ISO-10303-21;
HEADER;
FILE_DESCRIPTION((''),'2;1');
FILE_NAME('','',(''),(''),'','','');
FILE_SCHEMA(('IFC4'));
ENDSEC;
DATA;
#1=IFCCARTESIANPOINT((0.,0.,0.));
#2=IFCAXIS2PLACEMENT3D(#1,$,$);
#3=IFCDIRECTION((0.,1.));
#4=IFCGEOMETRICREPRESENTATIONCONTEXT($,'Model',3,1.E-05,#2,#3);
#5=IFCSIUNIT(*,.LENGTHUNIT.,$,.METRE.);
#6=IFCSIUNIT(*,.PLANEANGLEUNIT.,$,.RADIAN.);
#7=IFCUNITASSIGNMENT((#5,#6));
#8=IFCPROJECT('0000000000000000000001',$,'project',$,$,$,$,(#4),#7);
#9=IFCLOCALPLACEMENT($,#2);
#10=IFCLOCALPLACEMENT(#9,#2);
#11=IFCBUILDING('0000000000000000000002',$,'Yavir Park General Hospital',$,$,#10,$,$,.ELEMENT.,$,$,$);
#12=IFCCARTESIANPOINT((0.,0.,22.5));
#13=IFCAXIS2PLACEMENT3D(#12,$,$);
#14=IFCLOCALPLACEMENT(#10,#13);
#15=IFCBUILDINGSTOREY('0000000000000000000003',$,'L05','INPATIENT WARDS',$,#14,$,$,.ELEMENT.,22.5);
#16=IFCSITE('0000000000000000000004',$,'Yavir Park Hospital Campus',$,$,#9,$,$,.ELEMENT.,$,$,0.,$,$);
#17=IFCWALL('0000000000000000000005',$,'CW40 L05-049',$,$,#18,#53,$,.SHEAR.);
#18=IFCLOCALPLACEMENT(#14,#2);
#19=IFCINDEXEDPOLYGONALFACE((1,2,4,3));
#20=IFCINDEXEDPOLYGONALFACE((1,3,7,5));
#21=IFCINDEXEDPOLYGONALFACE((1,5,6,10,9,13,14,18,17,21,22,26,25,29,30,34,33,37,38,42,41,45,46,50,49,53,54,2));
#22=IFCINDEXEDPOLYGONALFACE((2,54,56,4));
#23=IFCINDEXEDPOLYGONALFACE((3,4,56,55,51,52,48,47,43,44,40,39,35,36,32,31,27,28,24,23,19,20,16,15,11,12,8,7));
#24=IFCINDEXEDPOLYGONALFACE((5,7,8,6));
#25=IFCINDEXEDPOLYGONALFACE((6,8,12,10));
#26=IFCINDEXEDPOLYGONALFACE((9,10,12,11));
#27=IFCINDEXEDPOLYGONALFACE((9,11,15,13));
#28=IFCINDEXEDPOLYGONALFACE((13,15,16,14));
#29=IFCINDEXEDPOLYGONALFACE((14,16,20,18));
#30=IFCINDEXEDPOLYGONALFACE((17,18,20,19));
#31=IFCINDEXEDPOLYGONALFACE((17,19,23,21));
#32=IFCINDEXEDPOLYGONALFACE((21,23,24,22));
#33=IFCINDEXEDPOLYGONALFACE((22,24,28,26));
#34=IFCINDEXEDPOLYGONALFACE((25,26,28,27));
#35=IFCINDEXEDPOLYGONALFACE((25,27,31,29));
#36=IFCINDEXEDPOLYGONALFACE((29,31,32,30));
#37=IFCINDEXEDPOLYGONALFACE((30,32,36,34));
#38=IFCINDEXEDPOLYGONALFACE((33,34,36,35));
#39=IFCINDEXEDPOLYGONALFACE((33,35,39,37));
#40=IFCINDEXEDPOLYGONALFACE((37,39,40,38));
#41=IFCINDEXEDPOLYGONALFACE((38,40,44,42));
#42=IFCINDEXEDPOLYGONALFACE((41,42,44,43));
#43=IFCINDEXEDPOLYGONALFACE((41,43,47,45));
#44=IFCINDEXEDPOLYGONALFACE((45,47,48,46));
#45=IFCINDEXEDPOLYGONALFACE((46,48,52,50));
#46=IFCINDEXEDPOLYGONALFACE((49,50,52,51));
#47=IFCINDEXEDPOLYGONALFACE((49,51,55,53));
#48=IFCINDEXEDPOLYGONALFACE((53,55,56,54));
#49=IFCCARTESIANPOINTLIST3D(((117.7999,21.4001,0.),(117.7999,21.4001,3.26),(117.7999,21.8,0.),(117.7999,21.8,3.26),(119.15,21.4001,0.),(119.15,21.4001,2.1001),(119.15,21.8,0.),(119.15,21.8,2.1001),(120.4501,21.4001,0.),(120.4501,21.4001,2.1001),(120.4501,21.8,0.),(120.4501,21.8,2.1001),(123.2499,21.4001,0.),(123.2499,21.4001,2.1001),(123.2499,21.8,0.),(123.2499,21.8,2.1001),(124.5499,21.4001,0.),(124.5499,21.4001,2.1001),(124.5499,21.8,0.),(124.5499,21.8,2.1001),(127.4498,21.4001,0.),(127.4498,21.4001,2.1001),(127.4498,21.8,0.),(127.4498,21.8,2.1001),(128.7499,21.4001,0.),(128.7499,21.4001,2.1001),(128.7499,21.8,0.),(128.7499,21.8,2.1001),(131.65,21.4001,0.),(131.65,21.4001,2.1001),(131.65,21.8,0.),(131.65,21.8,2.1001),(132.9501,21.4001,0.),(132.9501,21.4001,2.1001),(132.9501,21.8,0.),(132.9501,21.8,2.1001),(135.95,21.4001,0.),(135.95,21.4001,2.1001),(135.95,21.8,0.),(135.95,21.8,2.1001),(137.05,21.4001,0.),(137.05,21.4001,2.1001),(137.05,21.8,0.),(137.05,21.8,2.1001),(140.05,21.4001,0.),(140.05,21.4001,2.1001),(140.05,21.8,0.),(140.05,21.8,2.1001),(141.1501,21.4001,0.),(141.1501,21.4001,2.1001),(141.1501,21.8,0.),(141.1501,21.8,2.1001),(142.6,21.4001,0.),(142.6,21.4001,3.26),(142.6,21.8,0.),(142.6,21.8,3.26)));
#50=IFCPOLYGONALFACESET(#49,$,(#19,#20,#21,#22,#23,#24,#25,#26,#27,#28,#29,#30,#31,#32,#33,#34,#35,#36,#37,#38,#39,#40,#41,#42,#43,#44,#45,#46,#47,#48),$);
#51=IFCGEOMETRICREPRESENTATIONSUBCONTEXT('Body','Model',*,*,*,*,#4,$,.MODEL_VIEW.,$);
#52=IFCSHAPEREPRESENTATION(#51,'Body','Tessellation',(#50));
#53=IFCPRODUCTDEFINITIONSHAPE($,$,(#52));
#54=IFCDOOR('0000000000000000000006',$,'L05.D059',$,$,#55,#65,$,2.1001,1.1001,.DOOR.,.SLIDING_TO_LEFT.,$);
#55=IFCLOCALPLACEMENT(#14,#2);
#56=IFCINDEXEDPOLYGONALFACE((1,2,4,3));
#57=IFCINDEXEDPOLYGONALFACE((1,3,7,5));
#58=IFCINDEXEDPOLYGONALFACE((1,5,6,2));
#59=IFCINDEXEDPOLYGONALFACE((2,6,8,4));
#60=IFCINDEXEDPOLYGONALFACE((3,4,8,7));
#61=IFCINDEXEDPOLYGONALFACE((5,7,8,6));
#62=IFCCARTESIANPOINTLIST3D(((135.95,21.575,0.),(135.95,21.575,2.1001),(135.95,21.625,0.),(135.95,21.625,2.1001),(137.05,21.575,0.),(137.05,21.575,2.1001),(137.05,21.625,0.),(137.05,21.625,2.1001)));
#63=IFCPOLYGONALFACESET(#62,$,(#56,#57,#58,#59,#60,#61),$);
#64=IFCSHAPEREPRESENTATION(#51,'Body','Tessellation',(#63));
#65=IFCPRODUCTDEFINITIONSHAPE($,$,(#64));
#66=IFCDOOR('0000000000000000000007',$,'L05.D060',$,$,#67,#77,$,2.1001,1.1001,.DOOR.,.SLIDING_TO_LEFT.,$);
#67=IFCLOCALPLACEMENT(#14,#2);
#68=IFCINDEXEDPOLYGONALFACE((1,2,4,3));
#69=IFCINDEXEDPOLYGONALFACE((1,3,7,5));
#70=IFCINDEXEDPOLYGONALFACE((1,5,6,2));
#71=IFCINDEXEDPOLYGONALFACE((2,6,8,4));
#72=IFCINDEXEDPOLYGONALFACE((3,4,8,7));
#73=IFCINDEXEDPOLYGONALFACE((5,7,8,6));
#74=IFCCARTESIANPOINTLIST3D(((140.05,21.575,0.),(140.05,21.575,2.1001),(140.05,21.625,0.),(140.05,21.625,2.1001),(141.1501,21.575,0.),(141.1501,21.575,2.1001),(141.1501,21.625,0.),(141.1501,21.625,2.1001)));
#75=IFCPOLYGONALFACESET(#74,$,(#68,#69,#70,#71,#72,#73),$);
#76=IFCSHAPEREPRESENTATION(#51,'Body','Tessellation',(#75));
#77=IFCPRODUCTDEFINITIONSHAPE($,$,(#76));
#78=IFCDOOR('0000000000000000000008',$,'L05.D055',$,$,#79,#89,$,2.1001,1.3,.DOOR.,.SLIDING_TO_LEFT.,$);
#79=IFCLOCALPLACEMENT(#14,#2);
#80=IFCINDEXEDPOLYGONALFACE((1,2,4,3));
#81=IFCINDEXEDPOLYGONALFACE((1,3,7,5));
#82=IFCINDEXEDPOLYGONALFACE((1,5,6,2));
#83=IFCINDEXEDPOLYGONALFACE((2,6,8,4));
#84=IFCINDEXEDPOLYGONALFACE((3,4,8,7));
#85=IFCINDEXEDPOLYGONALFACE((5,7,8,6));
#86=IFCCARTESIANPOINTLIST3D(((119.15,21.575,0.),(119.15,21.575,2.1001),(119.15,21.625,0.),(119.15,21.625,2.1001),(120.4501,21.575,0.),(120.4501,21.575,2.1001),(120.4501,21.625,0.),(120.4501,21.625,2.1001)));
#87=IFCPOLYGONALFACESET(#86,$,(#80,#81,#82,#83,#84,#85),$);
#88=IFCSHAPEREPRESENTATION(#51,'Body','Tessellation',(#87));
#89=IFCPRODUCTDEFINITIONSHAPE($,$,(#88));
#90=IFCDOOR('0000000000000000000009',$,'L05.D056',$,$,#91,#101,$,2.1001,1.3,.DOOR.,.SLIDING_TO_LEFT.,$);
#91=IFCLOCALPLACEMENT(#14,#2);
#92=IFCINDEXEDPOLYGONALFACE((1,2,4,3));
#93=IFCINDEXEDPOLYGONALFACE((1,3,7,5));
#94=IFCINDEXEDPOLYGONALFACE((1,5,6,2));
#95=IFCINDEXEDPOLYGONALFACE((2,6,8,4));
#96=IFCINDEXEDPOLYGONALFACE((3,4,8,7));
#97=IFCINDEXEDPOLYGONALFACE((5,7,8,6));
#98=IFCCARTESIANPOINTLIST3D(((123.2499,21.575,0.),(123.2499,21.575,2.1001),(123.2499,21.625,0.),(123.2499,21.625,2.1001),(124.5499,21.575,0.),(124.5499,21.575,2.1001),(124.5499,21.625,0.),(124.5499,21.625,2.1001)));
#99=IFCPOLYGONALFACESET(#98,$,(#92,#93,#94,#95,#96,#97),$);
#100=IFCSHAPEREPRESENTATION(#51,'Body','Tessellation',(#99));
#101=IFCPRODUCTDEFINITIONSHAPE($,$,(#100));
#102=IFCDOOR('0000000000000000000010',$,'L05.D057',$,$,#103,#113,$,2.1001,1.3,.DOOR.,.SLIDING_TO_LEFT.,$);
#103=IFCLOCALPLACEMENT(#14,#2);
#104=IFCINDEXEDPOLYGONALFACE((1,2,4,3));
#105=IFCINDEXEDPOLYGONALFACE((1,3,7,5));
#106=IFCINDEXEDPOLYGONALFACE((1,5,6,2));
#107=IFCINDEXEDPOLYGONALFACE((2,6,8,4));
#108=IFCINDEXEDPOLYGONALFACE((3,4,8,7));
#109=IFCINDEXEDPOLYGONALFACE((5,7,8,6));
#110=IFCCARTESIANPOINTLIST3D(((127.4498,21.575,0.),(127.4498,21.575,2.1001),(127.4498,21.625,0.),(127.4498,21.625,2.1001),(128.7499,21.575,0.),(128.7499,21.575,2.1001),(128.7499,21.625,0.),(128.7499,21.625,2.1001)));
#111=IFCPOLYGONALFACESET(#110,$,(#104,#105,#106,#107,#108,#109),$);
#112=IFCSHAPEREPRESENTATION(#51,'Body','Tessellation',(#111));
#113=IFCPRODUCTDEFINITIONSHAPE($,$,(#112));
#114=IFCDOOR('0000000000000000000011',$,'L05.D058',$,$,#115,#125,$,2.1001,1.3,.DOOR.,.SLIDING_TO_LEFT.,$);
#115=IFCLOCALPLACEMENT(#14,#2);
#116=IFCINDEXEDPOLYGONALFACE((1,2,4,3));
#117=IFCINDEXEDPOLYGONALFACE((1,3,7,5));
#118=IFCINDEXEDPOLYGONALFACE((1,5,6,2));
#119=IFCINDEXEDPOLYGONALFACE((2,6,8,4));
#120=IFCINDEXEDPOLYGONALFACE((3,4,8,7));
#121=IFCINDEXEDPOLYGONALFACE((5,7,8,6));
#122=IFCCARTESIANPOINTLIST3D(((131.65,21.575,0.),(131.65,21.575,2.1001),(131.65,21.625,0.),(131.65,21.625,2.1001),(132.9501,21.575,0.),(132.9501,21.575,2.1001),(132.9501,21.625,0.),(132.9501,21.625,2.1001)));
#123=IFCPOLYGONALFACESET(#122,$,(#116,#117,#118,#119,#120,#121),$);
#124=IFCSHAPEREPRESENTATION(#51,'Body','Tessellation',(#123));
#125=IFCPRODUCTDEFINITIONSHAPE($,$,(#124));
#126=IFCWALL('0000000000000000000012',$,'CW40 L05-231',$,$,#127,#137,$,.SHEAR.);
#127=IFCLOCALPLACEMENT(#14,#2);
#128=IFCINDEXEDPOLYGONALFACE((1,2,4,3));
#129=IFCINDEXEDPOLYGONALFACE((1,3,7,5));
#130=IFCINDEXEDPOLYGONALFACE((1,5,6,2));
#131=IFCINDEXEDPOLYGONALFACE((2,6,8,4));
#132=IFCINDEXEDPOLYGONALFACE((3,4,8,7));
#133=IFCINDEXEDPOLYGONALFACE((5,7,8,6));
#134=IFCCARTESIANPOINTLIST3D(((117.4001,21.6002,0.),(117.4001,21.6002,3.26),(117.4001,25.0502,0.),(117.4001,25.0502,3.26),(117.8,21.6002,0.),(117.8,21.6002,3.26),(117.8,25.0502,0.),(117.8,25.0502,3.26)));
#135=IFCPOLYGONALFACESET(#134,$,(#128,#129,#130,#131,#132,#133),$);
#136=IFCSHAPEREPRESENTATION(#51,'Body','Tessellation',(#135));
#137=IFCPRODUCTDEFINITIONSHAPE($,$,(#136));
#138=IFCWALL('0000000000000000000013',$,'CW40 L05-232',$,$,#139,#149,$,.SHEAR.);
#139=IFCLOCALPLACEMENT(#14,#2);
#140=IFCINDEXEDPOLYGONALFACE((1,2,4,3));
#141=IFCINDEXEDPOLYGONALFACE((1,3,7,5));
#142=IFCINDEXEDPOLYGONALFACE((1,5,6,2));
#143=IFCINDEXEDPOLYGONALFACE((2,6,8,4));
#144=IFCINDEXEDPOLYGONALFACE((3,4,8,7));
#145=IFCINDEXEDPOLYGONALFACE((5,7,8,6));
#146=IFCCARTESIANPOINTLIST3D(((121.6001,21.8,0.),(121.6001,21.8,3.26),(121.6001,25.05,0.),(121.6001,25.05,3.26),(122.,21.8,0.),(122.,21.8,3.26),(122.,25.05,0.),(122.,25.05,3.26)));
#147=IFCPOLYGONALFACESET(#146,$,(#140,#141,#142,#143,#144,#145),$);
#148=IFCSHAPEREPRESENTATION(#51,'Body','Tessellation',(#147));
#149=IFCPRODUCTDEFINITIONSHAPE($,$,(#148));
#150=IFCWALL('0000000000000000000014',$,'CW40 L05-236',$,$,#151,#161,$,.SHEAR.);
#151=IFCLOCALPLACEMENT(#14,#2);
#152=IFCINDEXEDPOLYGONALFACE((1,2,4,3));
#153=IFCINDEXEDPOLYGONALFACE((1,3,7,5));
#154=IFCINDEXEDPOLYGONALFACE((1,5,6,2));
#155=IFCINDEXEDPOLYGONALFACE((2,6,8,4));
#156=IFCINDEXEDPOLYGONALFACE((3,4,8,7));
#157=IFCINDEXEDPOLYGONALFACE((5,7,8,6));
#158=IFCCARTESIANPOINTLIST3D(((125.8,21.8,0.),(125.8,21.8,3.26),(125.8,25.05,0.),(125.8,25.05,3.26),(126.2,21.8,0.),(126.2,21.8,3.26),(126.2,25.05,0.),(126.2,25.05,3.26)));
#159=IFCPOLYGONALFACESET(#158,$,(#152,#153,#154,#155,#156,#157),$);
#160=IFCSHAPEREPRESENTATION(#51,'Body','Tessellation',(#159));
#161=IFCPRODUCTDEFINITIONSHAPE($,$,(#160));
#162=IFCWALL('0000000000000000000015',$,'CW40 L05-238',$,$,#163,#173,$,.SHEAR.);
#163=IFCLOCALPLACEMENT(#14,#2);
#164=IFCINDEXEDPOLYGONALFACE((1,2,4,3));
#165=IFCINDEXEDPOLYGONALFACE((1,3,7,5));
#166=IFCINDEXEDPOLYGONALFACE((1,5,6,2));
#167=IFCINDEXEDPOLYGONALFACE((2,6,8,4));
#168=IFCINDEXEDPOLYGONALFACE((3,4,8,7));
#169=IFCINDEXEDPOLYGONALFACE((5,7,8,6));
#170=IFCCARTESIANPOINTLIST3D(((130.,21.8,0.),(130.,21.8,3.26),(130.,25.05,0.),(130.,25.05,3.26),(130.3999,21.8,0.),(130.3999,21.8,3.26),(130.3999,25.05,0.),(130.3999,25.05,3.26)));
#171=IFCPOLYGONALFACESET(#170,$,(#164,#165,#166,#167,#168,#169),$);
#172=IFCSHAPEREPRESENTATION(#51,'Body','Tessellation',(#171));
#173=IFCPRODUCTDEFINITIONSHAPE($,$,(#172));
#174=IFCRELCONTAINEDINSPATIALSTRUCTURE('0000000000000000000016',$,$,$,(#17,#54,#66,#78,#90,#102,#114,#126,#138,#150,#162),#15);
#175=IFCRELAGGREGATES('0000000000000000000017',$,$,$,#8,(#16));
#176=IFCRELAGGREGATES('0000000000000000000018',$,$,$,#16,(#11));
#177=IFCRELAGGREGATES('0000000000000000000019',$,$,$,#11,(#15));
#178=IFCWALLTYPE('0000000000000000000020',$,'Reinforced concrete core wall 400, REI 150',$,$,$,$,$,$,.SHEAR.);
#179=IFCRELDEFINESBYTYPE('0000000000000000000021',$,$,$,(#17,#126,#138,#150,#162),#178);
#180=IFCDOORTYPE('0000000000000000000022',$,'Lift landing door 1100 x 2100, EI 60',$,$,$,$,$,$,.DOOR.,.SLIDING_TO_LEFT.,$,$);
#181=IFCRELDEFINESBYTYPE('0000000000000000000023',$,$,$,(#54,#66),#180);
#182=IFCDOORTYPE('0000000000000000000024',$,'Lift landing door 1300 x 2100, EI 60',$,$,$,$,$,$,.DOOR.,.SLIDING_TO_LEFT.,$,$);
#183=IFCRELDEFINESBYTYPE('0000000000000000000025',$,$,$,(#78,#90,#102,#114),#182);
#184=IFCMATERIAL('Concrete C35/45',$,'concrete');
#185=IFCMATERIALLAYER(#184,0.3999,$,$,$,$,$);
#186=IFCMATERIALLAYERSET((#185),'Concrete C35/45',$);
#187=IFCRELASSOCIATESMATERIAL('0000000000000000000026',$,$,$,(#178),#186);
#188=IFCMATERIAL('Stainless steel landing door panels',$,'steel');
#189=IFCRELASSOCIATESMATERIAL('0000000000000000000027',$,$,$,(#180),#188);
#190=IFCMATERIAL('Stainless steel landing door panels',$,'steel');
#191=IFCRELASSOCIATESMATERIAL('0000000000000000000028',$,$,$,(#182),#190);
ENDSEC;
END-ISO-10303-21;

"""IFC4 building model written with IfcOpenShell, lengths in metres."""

from ifc_helpers import new_model, si_unit, direction, frame, frame_2d, origin, place, context, subcontext, project, spatial, rectangle, extrude, material, layer, layer_set, type_object, element, fill, save


model = new_model("IFC4")

# Units and contexts
model_context = context("Model", 3, precision=1e-05, world=origin(), true_north=direction((0.0, 1.0)))
body_context = subcontext(model_context, "Body", "Model", "MODEL_VIEW")
ifc_project = project(units=[si_unit("LENGTHUNIT", "METRE"), si_unit("PLANEANGLEUNIT", "RADIAN")], contexts=[model_context])

# Site, building, storey
site_placement = place(None, origin())
site = spatial("IfcSite", under=ifc_project, at=site_placement, Name="Yavir Park Hospital Campus", CompositionType="ELEMENT", RefElevation=0.0)
building_placement = place(site_placement, origin())
building = spatial("IfcBuilding", under=site, at=building_placement, Name="Yavir Park General Hospital", CompositionType="ELEMENT")
storey_placement = place(building_placement, frame((0.0, 0.0, 22.5)))
storey = spatial("IfcBuildingStorey", under=building, at=storey_placement, Name="L05", Description="INPATIENT WARDS", CompositionType="ELEMENT", Elevation=22.5)

# Wall, openings, doors
ifc_material_1 = material(Name="Concrete C35/45", Category="concrete")
ifc_layer_1 = layer(ifc_material_1, 0.3999)
ifc_layer_set_1 = layer_set([ifc_layer_1], Name="Concrete C35/45")
wall_type_1 = type_object("IfcWallType", Name="Reinforced concrete core wall 400, REI 150", PredefinedType="SHEAR", material=ifc_layer_set_1)
wall_1_placement = place(storey_placement, frame((117.8, 21.6001, 0.0), z_axis=(0.0, 0.0, 1.0), x_axis=(1.0, 0.0, 0.0)))
wall_1 = element("IfcWall", 1, at=wall_1_placement, inside=storey, type_object=wall_type_1, Name="CW40 L05-049", PredefinedType="SHEAR", context=body_context, shape_type="SweptSolid", body=[
    extrude(rectangle(XDim=24.8, YDim=0.3999, at=frame_2d((12.3999, 0.0))), origin(), (0.0, 0.0, 1.0), 3.26),
])
opening_1_placement = place(wall_1_placement, frame((1.3501, 0.0, 0.0)))
opening_1 = element("IfcOpeningElement", 2, at=opening_1_placement, cuts=wall_1, PredefinedType="OPENING", context=body_context, shape_type="SweptSolid", body=[
    extrude(rectangle(XDim=1.3, YDim=2.1001, at=frame_2d((0.6499, 1.05))), frame((0.0, 0.21, 0.0), z_axis=(0.0, -1.0, 0.0), x_axis=(1.0, 0.0, 0.0)), (0.0, 0.0, 1.0), 0.4199),
])
opening_2_placement = place(wall_1_placement, frame((5.45, 0.0, 0.0)))
opening_2 = element("IfcOpeningElement", 3, at=opening_2_placement, cuts=wall_1, PredefinedType="OPENING", context=body_context, shape_type="SweptSolid", body=[
    extrude(rectangle(XDim=1.3, YDim=2.1001, at=frame_2d((0.6499, 1.05))), frame((0.0, 0.21, 0.0), z_axis=(0.0, -1.0, 0.0), x_axis=(1.0, 0.0, 0.0)), (0.0, 0.0, 1.0), 0.4199),
])
opening_3_placement = place(wall_1_placement, frame((9.6499, 0.0, 0.0)))
opening_3 = element("IfcOpeningElement", 4, at=opening_3_placement, cuts=wall_1, PredefinedType="OPENING", context=body_context, shape_type="SweptSolid", body=[
    extrude(rectangle(XDim=1.3, YDim=2.1001, at=frame_2d((0.6499, 1.05))), frame((0.0, 0.21, 0.0), z_axis=(0.0, -1.0, 0.0), x_axis=(1.0, 0.0, 0.0)), (0.0, 0.0, 1.0), 0.4199),
])
opening_4_placement = place(wall_1_placement, frame((13.8501, 0.0, 0.0)))
opening_4 = element("IfcOpeningElement", 5, at=opening_4_placement, cuts=wall_1, PredefinedType="OPENING", context=body_context, shape_type="SweptSolid", body=[
    extrude(rectangle(XDim=1.3, YDim=2.1001, at=frame_2d((0.6499, 1.05))), frame((0.0, 0.21, 0.0), z_axis=(0.0, -1.0, 0.0), x_axis=(1.0, 0.0, 0.0)), (0.0, 0.0, 1.0), 0.4199),
])
opening_5_placement = place(wall_1_placement, frame((18.1499, 0.0, 0.0)))
opening_5 = element("IfcOpeningElement", 6, at=opening_5_placement, cuts=wall_1, PredefinedType="OPENING", context=body_context, shape_type="SweptSolid", body=[
    extrude(rectangle(XDim=1.1001, YDim=2.1001, at=frame_2d((0.55, 1.05))), frame((0.0, 0.21, 0.0), z_axis=(0.0, -1.0, 0.0), x_axis=(1.0, 0.0, 0.0)), (0.0, 0.0, 1.0), 0.4199),
])
opening_6_placement = place(wall_1_placement, frame((22.25, 0.0, 0.0)))
opening_6 = element("IfcOpeningElement", 7, at=opening_6_placement, cuts=wall_1, PredefinedType="OPENING", context=body_context, shape_type="SweptSolid", body=[
    extrude(rectangle(XDim=1.1001, YDim=2.1001, at=frame_2d((0.55, 1.05))), frame((0.0, 0.21, 0.0), z_axis=(0.0, -1.0, 0.0), x_axis=(1.0, 0.0, 0.0)), (0.0, 0.0, 1.0), 0.4199),
])
ifc_material_2 = material(Name="Stainless steel landing door panels", Category="steel")
door_type_1 = type_object("IfcDoorType", Name="Lift landing door 1100 x 2100, EI 60", OperationType="SLIDING_TO_LEFT", PredefinedType="DOOR", material=ifc_material_2)
door_1_placement = place(opening_5_placement, origin())
door_1 = element("IfcDoor", 8, at=door_1_placement, inside=storey, type_object=door_type_1, Name="L05.D059", OperationType="SLIDING_TO_LEFT", OverallHeight=2.1001, OverallWidth=1.1001, PredefinedType="DOOR", context=body_context, shape_type="SweptSolid", body=[
    extrude(rectangle(XDim=1.1001, YDim=2.1001, at=frame_2d((0.55, 1.05))), frame((0.0, 0.0249, 0.0), z_axis=(0.0, -1.0, 0.0), x_axis=(1.0, 0.0, 0.0)), (0.0, 0.0, 1.0), 0.05),
])
fill(opening_5, door_1)
door_2_placement = place(opening_6_placement, origin())
door_2 = element("IfcDoor", 9, at=door_2_placement, inside=storey, type_object=door_type_1, Name="L05.D060", OperationType="SLIDING_TO_LEFT", OverallHeight=2.1001, OverallWidth=1.1001, PredefinedType="DOOR", context=body_context, shape_type="SweptSolid", body=[
    extrude(rectangle(XDim=1.1001, YDim=2.1001, at=frame_2d((0.55, 1.05))), frame((0.0, 0.0249, 0.0), z_axis=(0.0, -1.0, 0.0), x_axis=(1.0, 0.0, 0.0)), (0.0, 0.0, 1.0), 0.05),
])
fill(opening_6, door_2)
ifc_material_3 = material(Name="Stainless steel landing door panels", Category="steel")
door_type_2 = type_object("IfcDoorType", Name="Lift landing door 1300 x 2100, EI 60", OperationType="SLIDING_TO_LEFT", PredefinedType="DOOR", material=ifc_material_3)
door_3_placement = place(opening_1_placement, origin())
door_3 = element("IfcDoor", 10, at=door_3_placement, inside=storey, type_object=door_type_2, Name="L05.D055", OperationType="SLIDING_TO_LEFT", OverallHeight=2.1001, OverallWidth=1.3, PredefinedType="DOOR", context=body_context, shape_type="SweptSolid", body=[
    extrude(rectangle(XDim=1.3, YDim=2.1001, at=frame_2d((0.6499, 1.05))), frame((0.0, 0.0249, 0.0), z_axis=(0.0, -1.0, 0.0), x_axis=(1.0, 0.0, 0.0)), (0.0, 0.0, 1.0), 0.05),
])
fill(opening_1, door_3)
door_4_placement = place(opening_2_placement, origin())
door_4 = element("IfcDoor", 11, at=door_4_placement, inside=storey, type_object=door_type_2, Name="L05.D056", OperationType="SLIDING_TO_LEFT", OverallHeight=2.1001, OverallWidth=1.3, PredefinedType="DOOR", context=body_context, shape_type="SweptSolid", body=[
    extrude(rectangle(XDim=1.3, YDim=2.1001, at=frame_2d((0.6499, 1.05))), frame((0.0, 0.0249, 0.0), z_axis=(0.0, -1.0, 0.0), x_axis=(1.0, 0.0, 0.0)), (0.0, 0.0, 1.0), 0.05),
])
fill(opening_2, door_4)
door_5_placement = place(opening_3_placement, origin())
door_5 = element("IfcDoor", 12, at=door_5_placement, inside=storey, type_object=door_type_2, Name="L05.D057", OperationType="SLIDING_TO_LEFT", OverallHeight=2.1001, OverallWidth=1.3, PredefinedType="DOOR", context=body_context, shape_type="SweptSolid", body=[
    extrude(rectangle(XDim=1.3, YDim=2.1001, at=frame_2d((0.6499, 1.05))), frame((0.0, 0.0249, 0.0), z_axis=(0.0, -1.0, 0.0), x_axis=(1.0, 0.0, 0.0)), (0.0, 0.0, 1.0), 0.05),
])
fill(opening_3, door_5)
door_6_placement = place(opening_4_placement, origin())
door_6 = element("IfcDoor", 13, at=door_6_placement, inside=storey, type_object=door_type_2, Name="L05.D058", OperationType="SLIDING_TO_LEFT", OverallHeight=2.1001, OverallWidth=1.3, PredefinedType="DOOR", context=body_context, shape_type="SweptSolid", body=[
    extrude(rectangle(XDim=1.3, YDim=2.1001, at=frame_2d((0.6499, 1.05))), frame((0.0, 0.0249, 0.0), z_axis=(0.0, -1.0, 0.0), x_axis=(1.0, 0.0, 0.0)), (0.0, 0.0, 1.0), 0.05),
])
fill(opening_4, door_6)

# Walls
wall_2_placement = place(storey_placement, frame((117.6001, 21.6001, 0.0), z_axis=(0.0, 0.0, 1.0), x_axis=(0.0, 1.0, 0.0)))
element("IfcWall", 14, at=wall_2_placement, inside=storey, type_object=wall_type_1, Name="CW40 L05-231", PredefinedType="SHEAR", context=body_context, shape_type="SweptSolid", body=[
    extrude(rectangle(XDim=3.45, YDim=0.3999, at=frame_2d((1.7251, 0.0))), origin(), (0.0, 0.0, 1.0), 3.26),
])
for number, where, z_axis, x_axis, name in (
    (15, (121.8, 21.8, 0.0), (0.0, 0.0, 1.0), (0.0, 1.0, 0.0), "CW40 L05-232"),
    (16, (126.0, 21.8, 0.0), (0.0, 0.0, 1.0), (0.0, 1.0, 0.0), "CW40 L05-236"),
    (17, (130.2, 21.8, 0.0), (0.0, 0.0, 1.0), (0.0, 1.0, 0.0), "CW40 L05-238"),
):
    element("IfcWall", number, at=place(storey_placement, frame(where, z_axis=z_axis, x_axis=x_axis)), inside=storey, type_object=wall_type_1, Name=name, PredefinedType="SHEAR", context=body_context, shape_type="SweptSolid", body=[
        extrude(rectangle(XDim=3.25, YDim=0.3999, at=frame_2d((1.625, 0.0))), origin(), (0.0, 0.0, 1.0), 3.26),
    ])

save(model, "model.ifc")
